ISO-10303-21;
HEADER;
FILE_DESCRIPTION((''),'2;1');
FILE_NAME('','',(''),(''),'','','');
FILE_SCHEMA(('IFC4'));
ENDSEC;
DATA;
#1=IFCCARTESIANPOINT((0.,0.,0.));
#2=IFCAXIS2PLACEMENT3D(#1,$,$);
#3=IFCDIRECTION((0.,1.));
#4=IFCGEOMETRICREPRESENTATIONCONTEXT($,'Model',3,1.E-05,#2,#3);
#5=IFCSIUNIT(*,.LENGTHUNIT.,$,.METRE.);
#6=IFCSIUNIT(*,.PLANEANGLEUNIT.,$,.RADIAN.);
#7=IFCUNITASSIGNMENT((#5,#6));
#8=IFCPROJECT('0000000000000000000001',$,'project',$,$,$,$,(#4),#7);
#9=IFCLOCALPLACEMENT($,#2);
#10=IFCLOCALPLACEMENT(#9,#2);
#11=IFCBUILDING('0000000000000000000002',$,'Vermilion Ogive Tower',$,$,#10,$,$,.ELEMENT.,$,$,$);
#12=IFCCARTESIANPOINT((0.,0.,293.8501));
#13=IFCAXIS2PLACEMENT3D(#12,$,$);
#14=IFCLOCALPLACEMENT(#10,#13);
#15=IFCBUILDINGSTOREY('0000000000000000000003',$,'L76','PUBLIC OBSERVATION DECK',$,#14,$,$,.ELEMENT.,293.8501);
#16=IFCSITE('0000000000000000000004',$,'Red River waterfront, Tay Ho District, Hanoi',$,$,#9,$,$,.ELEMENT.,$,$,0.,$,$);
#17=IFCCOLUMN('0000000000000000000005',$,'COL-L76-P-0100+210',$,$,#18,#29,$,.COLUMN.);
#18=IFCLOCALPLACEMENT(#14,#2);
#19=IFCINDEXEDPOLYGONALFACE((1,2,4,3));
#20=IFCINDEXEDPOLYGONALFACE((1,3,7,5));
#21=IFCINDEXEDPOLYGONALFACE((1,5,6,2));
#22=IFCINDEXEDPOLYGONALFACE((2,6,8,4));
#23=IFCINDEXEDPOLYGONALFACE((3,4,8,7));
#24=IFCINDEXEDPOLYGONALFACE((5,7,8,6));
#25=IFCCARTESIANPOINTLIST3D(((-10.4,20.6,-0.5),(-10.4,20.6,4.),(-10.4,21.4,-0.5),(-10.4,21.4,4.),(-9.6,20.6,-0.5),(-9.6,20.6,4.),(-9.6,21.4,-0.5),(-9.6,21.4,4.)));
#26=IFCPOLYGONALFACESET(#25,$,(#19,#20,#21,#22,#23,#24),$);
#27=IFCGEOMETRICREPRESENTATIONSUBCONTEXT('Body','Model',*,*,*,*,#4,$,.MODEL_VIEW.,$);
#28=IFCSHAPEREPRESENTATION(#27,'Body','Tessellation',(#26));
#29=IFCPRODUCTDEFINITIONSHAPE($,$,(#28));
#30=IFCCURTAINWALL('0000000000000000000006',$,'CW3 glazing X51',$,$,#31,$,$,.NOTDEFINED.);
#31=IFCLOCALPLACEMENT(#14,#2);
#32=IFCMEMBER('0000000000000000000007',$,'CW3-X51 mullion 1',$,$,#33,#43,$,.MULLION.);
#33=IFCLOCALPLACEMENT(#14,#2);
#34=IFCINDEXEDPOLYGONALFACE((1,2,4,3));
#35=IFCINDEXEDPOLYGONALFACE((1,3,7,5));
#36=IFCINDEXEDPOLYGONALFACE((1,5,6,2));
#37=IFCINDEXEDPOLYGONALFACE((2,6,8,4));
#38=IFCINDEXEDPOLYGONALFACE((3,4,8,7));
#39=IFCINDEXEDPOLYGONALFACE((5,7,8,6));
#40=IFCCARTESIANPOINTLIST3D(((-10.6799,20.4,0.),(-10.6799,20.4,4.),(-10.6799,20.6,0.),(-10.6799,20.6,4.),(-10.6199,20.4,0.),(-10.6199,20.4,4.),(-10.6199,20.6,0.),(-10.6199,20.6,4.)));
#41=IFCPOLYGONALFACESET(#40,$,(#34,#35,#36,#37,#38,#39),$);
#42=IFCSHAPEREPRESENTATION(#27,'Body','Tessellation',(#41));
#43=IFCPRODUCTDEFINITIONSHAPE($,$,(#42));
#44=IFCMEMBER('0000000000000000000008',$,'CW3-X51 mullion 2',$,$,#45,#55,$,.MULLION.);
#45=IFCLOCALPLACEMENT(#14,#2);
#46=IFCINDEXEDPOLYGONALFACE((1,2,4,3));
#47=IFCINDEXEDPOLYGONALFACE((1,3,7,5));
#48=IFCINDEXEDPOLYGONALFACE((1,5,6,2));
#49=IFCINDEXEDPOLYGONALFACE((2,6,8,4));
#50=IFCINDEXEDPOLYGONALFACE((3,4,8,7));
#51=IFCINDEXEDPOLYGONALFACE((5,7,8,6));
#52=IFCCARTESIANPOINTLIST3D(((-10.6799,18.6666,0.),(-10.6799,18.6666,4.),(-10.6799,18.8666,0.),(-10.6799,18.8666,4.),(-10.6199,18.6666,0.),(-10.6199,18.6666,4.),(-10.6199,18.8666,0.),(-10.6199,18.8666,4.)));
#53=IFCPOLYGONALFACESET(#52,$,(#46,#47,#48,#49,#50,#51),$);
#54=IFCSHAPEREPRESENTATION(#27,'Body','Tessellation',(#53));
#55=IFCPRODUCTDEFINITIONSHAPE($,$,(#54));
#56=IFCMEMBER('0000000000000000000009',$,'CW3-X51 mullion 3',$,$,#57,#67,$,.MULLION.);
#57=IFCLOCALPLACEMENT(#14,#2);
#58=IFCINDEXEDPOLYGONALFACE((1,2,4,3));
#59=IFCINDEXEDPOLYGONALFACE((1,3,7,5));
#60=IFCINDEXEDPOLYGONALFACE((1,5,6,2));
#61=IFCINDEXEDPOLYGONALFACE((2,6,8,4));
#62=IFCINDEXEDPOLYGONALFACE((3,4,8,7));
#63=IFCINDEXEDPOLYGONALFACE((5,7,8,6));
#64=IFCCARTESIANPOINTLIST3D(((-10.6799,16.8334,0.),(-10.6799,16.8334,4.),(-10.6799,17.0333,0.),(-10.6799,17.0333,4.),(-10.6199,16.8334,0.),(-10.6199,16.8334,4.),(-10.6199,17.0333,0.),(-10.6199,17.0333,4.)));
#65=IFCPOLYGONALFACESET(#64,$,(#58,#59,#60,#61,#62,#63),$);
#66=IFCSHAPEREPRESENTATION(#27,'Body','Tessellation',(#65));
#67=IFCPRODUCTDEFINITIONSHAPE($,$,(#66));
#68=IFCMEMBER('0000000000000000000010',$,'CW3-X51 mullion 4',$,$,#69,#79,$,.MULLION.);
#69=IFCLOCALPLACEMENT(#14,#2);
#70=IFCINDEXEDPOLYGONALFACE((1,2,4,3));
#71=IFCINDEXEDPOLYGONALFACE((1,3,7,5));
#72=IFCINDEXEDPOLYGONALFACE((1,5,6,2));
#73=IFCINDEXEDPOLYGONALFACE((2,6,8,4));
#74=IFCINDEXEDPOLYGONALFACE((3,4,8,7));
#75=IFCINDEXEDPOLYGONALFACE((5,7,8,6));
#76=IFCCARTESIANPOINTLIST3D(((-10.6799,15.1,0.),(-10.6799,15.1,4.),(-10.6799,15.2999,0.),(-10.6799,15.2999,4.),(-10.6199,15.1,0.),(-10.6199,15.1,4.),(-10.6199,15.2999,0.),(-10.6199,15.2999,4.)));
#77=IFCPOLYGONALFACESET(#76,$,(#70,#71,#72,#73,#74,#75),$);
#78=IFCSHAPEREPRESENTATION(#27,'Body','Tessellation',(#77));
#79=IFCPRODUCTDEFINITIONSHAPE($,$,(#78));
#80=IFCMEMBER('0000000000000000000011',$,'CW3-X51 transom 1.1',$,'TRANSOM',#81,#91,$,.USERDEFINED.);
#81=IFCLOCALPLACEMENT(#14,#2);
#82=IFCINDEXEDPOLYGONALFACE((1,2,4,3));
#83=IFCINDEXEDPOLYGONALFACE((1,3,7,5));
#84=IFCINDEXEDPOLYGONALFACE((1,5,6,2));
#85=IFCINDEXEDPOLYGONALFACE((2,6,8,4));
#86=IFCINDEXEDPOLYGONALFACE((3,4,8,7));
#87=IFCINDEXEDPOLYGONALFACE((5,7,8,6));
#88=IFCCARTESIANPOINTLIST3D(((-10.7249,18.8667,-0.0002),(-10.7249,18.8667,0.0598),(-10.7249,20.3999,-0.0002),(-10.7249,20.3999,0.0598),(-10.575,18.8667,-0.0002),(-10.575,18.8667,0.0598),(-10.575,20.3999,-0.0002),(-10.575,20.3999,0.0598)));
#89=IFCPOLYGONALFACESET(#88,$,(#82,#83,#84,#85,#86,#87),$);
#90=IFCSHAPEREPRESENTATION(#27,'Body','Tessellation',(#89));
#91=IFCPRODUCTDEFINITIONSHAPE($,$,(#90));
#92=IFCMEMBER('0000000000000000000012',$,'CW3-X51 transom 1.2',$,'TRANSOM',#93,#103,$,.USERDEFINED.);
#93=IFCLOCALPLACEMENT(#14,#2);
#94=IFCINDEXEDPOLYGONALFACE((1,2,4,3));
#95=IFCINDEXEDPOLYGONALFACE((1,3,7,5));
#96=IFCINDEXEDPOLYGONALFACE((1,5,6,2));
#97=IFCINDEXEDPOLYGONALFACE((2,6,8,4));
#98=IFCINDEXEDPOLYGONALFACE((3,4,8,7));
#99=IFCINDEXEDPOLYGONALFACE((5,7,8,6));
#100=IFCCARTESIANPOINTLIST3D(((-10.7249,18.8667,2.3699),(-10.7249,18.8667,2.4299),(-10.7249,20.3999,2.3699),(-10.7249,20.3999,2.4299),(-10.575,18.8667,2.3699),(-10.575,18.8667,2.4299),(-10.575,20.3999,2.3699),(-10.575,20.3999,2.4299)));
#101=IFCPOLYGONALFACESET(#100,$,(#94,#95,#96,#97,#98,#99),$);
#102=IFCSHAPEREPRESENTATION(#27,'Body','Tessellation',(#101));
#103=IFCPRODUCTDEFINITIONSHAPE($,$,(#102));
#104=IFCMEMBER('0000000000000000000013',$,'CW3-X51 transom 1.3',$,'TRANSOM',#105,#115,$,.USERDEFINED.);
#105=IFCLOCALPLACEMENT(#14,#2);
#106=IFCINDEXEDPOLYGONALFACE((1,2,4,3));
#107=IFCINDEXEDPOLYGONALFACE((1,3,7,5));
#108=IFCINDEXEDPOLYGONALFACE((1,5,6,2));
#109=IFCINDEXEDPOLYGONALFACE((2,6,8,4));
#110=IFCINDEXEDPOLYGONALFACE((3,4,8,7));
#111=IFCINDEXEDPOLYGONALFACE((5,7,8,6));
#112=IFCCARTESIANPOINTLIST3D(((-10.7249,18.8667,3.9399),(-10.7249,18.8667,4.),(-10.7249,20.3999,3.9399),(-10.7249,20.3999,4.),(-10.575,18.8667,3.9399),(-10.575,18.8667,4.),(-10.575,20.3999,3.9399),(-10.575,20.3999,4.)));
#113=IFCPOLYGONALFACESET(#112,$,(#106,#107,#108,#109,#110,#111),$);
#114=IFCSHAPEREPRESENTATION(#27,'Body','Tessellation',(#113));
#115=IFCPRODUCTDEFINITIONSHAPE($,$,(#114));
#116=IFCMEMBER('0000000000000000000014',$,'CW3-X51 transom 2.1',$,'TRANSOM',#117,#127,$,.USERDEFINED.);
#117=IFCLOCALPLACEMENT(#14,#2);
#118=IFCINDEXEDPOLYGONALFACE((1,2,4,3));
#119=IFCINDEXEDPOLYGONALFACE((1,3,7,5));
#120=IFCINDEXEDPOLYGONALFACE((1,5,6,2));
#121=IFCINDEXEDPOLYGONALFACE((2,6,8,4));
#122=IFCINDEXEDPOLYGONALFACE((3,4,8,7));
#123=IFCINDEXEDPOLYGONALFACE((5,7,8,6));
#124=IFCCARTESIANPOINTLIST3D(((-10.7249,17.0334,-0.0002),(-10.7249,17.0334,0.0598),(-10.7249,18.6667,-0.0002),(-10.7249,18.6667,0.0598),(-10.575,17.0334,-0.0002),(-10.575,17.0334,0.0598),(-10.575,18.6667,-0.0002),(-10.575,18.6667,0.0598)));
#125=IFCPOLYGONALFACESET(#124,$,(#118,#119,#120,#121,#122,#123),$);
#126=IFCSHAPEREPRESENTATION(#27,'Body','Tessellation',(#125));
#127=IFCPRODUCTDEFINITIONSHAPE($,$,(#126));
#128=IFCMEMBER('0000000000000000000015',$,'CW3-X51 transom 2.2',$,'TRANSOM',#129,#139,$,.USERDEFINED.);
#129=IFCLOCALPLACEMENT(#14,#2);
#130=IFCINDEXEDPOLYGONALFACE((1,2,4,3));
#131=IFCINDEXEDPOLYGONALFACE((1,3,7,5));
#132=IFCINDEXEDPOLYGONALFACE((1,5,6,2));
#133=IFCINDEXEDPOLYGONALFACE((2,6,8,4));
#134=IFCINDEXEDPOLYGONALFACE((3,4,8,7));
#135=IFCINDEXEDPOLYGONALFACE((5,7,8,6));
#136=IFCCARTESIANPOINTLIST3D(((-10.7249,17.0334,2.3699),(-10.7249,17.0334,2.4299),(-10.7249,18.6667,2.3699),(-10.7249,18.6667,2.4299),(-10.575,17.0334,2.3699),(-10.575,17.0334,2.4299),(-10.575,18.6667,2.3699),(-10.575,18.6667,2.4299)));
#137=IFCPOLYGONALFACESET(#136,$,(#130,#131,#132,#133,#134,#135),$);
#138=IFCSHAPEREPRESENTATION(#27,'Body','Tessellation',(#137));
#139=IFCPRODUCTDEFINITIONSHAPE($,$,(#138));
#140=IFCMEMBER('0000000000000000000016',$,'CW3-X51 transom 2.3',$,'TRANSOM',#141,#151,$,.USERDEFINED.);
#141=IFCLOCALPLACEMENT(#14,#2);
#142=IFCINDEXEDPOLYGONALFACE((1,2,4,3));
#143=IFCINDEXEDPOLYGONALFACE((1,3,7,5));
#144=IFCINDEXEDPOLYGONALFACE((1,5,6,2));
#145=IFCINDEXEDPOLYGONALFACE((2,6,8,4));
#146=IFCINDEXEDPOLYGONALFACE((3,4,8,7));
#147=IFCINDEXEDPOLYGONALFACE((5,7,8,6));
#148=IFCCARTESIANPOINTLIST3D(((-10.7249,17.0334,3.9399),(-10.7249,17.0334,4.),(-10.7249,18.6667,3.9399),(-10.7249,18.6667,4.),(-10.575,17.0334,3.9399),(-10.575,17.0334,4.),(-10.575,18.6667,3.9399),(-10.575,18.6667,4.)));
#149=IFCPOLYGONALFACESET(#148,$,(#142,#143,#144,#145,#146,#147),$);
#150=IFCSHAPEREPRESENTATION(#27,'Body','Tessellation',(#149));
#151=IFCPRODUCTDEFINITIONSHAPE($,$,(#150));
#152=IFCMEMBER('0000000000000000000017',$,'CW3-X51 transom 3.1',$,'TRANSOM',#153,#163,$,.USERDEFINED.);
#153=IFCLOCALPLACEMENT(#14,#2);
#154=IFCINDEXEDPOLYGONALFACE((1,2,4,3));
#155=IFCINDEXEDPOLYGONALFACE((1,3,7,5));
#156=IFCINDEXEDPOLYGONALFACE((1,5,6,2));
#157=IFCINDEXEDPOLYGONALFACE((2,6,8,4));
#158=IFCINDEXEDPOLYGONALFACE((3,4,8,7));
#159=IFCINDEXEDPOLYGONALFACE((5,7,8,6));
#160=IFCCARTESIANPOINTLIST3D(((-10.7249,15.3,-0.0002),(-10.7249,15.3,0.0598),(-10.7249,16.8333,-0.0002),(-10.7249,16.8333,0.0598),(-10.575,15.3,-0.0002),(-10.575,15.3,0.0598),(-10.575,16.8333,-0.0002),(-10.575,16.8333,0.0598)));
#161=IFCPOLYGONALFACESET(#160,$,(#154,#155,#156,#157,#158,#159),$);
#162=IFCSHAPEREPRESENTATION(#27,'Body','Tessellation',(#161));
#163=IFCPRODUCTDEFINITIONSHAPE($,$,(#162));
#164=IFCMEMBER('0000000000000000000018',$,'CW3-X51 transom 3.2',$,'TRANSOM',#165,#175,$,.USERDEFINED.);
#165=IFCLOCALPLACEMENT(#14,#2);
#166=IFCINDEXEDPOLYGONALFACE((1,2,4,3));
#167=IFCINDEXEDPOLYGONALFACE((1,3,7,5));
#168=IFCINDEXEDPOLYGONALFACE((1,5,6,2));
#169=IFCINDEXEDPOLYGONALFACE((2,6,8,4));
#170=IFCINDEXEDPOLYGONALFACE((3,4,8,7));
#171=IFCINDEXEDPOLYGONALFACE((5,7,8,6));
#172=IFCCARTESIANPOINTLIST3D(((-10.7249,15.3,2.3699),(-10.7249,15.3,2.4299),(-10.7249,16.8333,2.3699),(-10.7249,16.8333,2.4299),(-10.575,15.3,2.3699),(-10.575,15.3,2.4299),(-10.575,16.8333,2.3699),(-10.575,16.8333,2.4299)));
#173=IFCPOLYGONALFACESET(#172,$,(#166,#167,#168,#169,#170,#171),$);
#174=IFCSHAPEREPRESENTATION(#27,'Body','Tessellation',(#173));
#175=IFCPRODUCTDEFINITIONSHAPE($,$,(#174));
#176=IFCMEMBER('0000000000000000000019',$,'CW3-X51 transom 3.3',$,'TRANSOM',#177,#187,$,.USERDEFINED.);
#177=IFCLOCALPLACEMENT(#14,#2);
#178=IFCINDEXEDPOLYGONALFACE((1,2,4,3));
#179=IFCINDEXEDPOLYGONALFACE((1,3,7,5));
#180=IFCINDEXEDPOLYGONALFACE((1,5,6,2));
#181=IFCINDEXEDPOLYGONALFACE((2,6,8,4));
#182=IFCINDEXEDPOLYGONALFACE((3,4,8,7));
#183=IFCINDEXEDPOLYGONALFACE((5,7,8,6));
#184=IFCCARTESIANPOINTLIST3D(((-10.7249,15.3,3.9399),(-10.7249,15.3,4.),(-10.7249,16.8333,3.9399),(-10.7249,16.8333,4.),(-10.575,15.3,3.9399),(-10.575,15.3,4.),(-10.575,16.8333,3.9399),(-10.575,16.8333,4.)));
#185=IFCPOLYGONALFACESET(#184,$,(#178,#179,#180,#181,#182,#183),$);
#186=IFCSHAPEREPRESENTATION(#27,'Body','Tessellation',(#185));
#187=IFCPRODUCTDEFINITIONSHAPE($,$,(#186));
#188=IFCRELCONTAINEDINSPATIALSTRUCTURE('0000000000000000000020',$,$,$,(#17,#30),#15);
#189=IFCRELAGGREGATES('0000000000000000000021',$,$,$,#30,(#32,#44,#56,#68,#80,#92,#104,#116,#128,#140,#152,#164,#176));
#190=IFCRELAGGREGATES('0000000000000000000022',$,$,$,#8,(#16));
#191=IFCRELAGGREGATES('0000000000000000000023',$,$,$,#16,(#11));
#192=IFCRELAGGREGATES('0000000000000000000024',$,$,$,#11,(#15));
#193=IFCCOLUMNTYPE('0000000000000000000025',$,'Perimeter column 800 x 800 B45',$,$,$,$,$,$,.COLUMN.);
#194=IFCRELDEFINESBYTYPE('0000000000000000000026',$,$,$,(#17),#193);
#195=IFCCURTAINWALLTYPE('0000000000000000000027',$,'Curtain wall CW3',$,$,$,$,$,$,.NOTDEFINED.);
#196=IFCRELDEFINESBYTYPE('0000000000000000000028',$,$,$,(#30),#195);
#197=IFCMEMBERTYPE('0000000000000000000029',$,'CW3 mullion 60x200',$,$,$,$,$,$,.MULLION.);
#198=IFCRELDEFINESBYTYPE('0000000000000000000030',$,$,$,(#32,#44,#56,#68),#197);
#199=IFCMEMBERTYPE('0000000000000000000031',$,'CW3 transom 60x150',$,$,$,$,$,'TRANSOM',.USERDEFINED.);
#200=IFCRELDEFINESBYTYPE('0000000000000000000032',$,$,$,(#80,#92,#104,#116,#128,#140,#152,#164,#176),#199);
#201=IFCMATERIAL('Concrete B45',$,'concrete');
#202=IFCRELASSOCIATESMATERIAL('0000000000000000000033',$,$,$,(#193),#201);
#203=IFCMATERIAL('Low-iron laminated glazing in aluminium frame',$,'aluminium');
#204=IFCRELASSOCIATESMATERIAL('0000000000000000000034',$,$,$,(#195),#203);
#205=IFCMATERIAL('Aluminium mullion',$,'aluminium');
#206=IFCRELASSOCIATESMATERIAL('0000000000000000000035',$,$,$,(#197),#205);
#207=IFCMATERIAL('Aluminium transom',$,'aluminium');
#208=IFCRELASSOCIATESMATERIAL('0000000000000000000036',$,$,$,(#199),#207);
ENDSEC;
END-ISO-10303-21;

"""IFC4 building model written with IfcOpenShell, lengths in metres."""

from ifc_helpers import new_model, si_unit, direction, frame, origin, origin_2d, place, context, subcontext, project, spatial, rectangle, extrude, material, material_profile, profile_set, type_object, element, aggregate, save


model = new_model("IFC4")

# Units and contexts
model_context = context("Model", 3, precision=1e-05, world=origin(), true_north=direction((0.0, 1.0)))
body_context = subcontext(model_context, "Body", "Model", "MODEL_VIEW")
ifc_project = project(units=[si_unit("LENGTHUNIT", "METRE"), si_unit("PLANEANGLEUNIT", "RADIAN")], contexts=[model_context])

# Site, building, storey
site_placement = place(None, origin())
site = spatial("IfcSite", under=ifc_project, at=site_placement, Name="Red River waterfront, Tay Ho District, Hanoi", CompositionType="ELEMENT", RefElevation=0.0)
building_placement = place(site_placement, origin())
building = spatial("IfcBuilding", under=site, at=building_placement, Name="Vermilion Ogive Tower", CompositionType="ELEMENT")
storey_placement = place(building_placement, frame((0.0, 0.0, 293.8501)))
storey = spatial("IfcBuildingStorey", under=building, at=storey_placement, Name="L76", Description="PUBLIC OBSERVATION DECK", CompositionType="ELEMENT", Elevation=293.8501)

# Column
ifc_material_1 = material(Name="Concrete B45", Category="concrete")
ifc_material_profile_1 = material_profile(ifc_material_1, rectangle(XDim=0.8, YDim=0.8, at=origin_2d()), Name="800 x 800")
ifc_profile_set_1 = profile_set([ifc_material_profile_1], Name="Concrete B45")
column_type = type_object("IfcColumnType", Name="Perimeter column 800 x 800 B45", PredefinedType="COLUMN", material=ifc_profile_set_1)
column_placement = place(storey_placement, frame((-10.0, 21.0, -0.5), z_axis=(0.0, 0.0, 1.0), x_axis=(1.0, 0.0, 0.0)))
element("IfcColumn", 1, at=column_placement, inside=storey, type_object=column_type, Name="COL-L76-P-0100+210", PredefinedType="COLUMN", context=body_context, shape_type="SweptSolid", body=[
    extrude(rectangle(XDim=0.8, YDim=0.8, at=origin_2d()), origin(), (0.0, 0.0, 1.0), 4.5),
])

# Curtain wall, members
ifc_material_2 = material(Name="Low-iron laminated glazing in aluminium frame", Category="aluminium")
curtain_wall_type = type_object("IfcCurtainWallType", Name="Curtain wall CW3", PredefinedType="NOTDEFINED", material=ifc_material_2)
curtain_wall_placement = place(storey_placement, origin())
curtain_wall = element("IfcCurtainWall", 2, at=curtain_wall_placement, inside=storey, type_object=curtain_wall_type, Name="CW3 glazing X51", PredefinedType="NOTDEFINED")
ifc_material_3 = material(Name="Aluminium mullion", Category="aluminium")
ifc_material_profile_2 = material_profile(ifc_material_3, rectangle(XDim=0.0601, YDim=0.2, at=origin_2d()), Name="AL 60x200")
ifc_profile_set_2 = profile_set([ifc_material_profile_2], Name="Aluminium mullion")
member_type_1 = type_object("IfcMemberType", Name="CW3 mullion 60x200", PredefinedType="MULLION", material=ifc_profile_set_2)
member_1_placement = place(storey_placement, frame((-10.6499, 20.5, 0.0), z_axis=(0.0, 0.0, 1.0), x_axis=(1.0, 0.0, 0.0)))
member_1 = element("IfcMember", 3, at=member_1_placement, type_object=member_type_1, Name="CW3-X51 mullion 1", PredefinedType="MULLION", context=body_context, shape_type="SweptSolid", body=[
    extrude(rectangle(XDim=0.0601, YDim=0.2, at=origin_2d()), origin(), (0.0, 0.0, 1.0), 4.0),
])
member_2_placement = place(storey_placement, frame((-10.6499, 18.7666, 0.0), z_axis=(0.0, 0.0, 1.0), x_axis=(1.0, 0.0, 0.0)))
member_2 = element("IfcMember", 4, at=member_2_placement, type_object=member_type_1, Name="CW3-X51 mullion 2", PredefinedType="MULLION", context=body_context, shape_type="SweptSolid", body=[
    extrude(rectangle(XDim=0.0601, YDim=0.2, at=origin_2d()), origin(), (0.0, 0.0, 1.0), 4.0),
])
member_3_placement = place(storey_placement, frame((-10.6499, 16.9333, 0.0), z_axis=(0.0, 0.0, 1.0), x_axis=(1.0, 0.0, 0.0)))
member_3 = element("IfcMember", 5, at=member_3_placement, type_object=member_type_1, Name="CW3-X51 mullion 3", PredefinedType="MULLION", context=body_context, shape_type="SweptSolid", body=[
    extrude(rectangle(XDim=0.0601, YDim=0.2, at=origin_2d()), origin(), (0.0, 0.0, 1.0), 4.0),
])
member_4_placement = place(storey_placement, frame((-10.6499, 15.2, 0.0), z_axis=(0.0, 0.0, 1.0), x_axis=(1.0, 0.0, 0.0)))
member_4 = element("IfcMember", 6, at=member_4_placement, type_object=member_type_1, Name="CW3-X51 mullion 4", PredefinedType="MULLION", context=body_context, shape_type="SweptSolid", body=[
    extrude(rectangle(XDim=0.0601, YDim=0.2, at=origin_2d()), origin(), (0.0, 0.0, 1.0), 4.0),
])
ifc_material_4 = material(Name="Aluminium transom", Category="aluminium")
ifc_material_profile_3 = material_profile(ifc_material_4, rectangle(XDim=0.1499, YDim=0.0601, at=origin_2d()), Name="AL 60x150")
ifc_profile_set_3 = profile_set([ifc_material_profile_3], Name="Aluminium transom")
member_type_2 = type_object("IfcMemberType", Name="CW3 transom 60x150", ElementType="TRANSOM", PredefinedType="USERDEFINED", material=ifc_profile_set_3)
member_5_placement = place(storey_placement, frame((-10.6499, 20.3999, 0.0298), z_axis=(0.0, -1.0, 0.0), x_axis=(1.0, 0.0, 0.0)))
member_5 = element("IfcMember", 7, at=member_5_placement, type_object=member_type_2, Name="CW3-X51 transom 1.1", ObjectType="TRANSOM", PredefinedType="USERDEFINED", context=body_context, shape_type="SweptSolid", body=[
    extrude(rectangle(XDim=0.1499, YDim=0.0601, at=origin_2d()), origin(), (0.0, 0.0, 1.0), 1.5332),
])
member_6_placement = place(storey_placement, frame((-10.6499, 20.3999, 2.3999), z_axis=(0.0, -1.0, 0.0), x_axis=(1.0, 0.0, 0.0)))
member_6 = element("IfcMember", 8, at=member_6_placement, type_object=member_type_2, Name="CW3-X51 transom 1.2", ObjectType="TRANSOM", PredefinedType="USERDEFINED", context=body_context, shape_type="SweptSolid", body=[
    extrude(rectangle(XDim=0.1499, YDim=0.0601, at=origin_2d()), origin(), (0.0, 0.0, 1.0), 1.5332),
])
member_7_placement = place(storey_placement, frame((-10.6499, 20.3999, 3.97), z_axis=(0.0, -1.0, 0.0), x_axis=(1.0, 0.0, 0.0)))
member_7 = element("IfcMember", 9, at=member_7_placement, type_object=member_type_2, Name="CW3-X51 transom 1.3", ObjectType="TRANSOM", PredefinedType="USERDEFINED", context=body_context, shape_type="SweptSolid", body=[
    extrude(rectangle(XDim=0.1499, YDim=0.0601, at=origin_2d()), origin(), (0.0, 0.0, 1.0), 1.5332),
])
member_8_placement = place(storey_placement, frame((-10.6499, 18.6667, 0.0298), z_axis=(0.0, -1.0, 0.0), x_axis=(1.0, 0.0, 0.0)))
member_8 = element("IfcMember", 10, at=member_8_placement, type_object=member_type_2, Name="CW3-X51 transom 2.1", ObjectType="TRANSOM", PredefinedType="USERDEFINED", context=body_context, shape_type="SweptSolid", body=[
    extrude(rectangle(XDim=0.1499, YDim=0.0601, at=origin_2d()), origin(), (0.0, 0.0, 1.0), 1.6333),
])
member_9_placement = place(storey_placement, frame((-10.6499, 18.6667, 2.3999), z_axis=(0.0, -1.0, 0.0), x_axis=(1.0, 0.0, 0.0)))
member_9 = element("IfcMember", 11, at=member_9_placement, type_object=member_type_2, Name="CW3-X51 transom 2.2", ObjectType="TRANSOM", PredefinedType="USERDEFINED", context=body_context, shape_type="SweptSolid", body=[
    extrude(rectangle(XDim=0.1499, YDim=0.0601, at=origin_2d()), origin(), (0.0, 0.0, 1.0), 1.6333),
])
member_10_placement = place(storey_placement, frame((-10.6499, 18.6667, 3.97), z_axis=(0.0, -1.0, 0.0), x_axis=(1.0, 0.0, 0.0)))
member_10 = element("IfcMember", 12, at=member_10_placement, type_object=member_type_2, Name="CW3-X51 transom 2.3", ObjectType="TRANSOM", PredefinedType="USERDEFINED", context=body_context, shape_type="SweptSolid", body=[
    extrude(rectangle(XDim=0.1499, YDim=0.0601, at=origin_2d()), origin(), (0.0, 0.0, 1.0), 1.6333),
])
member_11_placement = place(storey_placement, frame((-10.6499, 16.8333, 0.0298), z_axis=(0.0, -1.0, 0.0), x_axis=(1.0, 0.0, 0.0)))
member_11 = element("IfcMember", 13, at=member_11_placement, type_object=member_type_2, Name="CW3-X51 transom 3.1", ObjectType="TRANSOM", PredefinedType="USERDEFINED", context=body_context, shape_type="SweptSolid", body=[
    extrude(rectangle(XDim=0.1499, YDim=0.0601, at=origin_2d()), origin(), (0.0, 0.0, 1.0), 1.5332),
])
member_12_placement = place(storey_placement, frame((-10.6499, 16.8333, 2.3999), z_axis=(0.0, -1.0, 0.0), x_axis=(1.0, 0.0, 0.0)))
member_12 = element("IfcMember", 14, at=member_12_placement, type_object=member_type_2, Name="CW3-X51 transom 3.2", ObjectType="TRANSOM", PredefinedType="USERDEFINED", context=body_context, shape_type="SweptSolid", body=[
    extrude(rectangle(XDim=0.1499, YDim=0.0601, at=origin_2d()), origin(), (0.0, 0.0, 1.0), 1.5332),
])
member_13_placement = place(storey_placement, frame((-10.6499, 16.8333, 3.97), z_axis=(0.0, -1.0, 0.0), x_axis=(1.0, 0.0, 0.0)))
member_13 = element("IfcMember", 15, at=member_13_placement, type_object=member_type_2, Name="CW3-X51 transom 3.3", ObjectType="TRANSOM", PredefinedType="USERDEFINED", context=body_context, shape_type="SweptSolid", body=[
    extrude(rectangle(XDim=0.1499, YDim=0.0601, at=origin_2d()), origin(), (0.0, 0.0, 1.0), 1.5332),
])
aggregate(curtain_wall, [member_1, member_2, member_3, member_4, member_5, member_6, member_7, member_8, member_9, member_10, member_11, member_12, member_13])

save(model, "model.ifc")
